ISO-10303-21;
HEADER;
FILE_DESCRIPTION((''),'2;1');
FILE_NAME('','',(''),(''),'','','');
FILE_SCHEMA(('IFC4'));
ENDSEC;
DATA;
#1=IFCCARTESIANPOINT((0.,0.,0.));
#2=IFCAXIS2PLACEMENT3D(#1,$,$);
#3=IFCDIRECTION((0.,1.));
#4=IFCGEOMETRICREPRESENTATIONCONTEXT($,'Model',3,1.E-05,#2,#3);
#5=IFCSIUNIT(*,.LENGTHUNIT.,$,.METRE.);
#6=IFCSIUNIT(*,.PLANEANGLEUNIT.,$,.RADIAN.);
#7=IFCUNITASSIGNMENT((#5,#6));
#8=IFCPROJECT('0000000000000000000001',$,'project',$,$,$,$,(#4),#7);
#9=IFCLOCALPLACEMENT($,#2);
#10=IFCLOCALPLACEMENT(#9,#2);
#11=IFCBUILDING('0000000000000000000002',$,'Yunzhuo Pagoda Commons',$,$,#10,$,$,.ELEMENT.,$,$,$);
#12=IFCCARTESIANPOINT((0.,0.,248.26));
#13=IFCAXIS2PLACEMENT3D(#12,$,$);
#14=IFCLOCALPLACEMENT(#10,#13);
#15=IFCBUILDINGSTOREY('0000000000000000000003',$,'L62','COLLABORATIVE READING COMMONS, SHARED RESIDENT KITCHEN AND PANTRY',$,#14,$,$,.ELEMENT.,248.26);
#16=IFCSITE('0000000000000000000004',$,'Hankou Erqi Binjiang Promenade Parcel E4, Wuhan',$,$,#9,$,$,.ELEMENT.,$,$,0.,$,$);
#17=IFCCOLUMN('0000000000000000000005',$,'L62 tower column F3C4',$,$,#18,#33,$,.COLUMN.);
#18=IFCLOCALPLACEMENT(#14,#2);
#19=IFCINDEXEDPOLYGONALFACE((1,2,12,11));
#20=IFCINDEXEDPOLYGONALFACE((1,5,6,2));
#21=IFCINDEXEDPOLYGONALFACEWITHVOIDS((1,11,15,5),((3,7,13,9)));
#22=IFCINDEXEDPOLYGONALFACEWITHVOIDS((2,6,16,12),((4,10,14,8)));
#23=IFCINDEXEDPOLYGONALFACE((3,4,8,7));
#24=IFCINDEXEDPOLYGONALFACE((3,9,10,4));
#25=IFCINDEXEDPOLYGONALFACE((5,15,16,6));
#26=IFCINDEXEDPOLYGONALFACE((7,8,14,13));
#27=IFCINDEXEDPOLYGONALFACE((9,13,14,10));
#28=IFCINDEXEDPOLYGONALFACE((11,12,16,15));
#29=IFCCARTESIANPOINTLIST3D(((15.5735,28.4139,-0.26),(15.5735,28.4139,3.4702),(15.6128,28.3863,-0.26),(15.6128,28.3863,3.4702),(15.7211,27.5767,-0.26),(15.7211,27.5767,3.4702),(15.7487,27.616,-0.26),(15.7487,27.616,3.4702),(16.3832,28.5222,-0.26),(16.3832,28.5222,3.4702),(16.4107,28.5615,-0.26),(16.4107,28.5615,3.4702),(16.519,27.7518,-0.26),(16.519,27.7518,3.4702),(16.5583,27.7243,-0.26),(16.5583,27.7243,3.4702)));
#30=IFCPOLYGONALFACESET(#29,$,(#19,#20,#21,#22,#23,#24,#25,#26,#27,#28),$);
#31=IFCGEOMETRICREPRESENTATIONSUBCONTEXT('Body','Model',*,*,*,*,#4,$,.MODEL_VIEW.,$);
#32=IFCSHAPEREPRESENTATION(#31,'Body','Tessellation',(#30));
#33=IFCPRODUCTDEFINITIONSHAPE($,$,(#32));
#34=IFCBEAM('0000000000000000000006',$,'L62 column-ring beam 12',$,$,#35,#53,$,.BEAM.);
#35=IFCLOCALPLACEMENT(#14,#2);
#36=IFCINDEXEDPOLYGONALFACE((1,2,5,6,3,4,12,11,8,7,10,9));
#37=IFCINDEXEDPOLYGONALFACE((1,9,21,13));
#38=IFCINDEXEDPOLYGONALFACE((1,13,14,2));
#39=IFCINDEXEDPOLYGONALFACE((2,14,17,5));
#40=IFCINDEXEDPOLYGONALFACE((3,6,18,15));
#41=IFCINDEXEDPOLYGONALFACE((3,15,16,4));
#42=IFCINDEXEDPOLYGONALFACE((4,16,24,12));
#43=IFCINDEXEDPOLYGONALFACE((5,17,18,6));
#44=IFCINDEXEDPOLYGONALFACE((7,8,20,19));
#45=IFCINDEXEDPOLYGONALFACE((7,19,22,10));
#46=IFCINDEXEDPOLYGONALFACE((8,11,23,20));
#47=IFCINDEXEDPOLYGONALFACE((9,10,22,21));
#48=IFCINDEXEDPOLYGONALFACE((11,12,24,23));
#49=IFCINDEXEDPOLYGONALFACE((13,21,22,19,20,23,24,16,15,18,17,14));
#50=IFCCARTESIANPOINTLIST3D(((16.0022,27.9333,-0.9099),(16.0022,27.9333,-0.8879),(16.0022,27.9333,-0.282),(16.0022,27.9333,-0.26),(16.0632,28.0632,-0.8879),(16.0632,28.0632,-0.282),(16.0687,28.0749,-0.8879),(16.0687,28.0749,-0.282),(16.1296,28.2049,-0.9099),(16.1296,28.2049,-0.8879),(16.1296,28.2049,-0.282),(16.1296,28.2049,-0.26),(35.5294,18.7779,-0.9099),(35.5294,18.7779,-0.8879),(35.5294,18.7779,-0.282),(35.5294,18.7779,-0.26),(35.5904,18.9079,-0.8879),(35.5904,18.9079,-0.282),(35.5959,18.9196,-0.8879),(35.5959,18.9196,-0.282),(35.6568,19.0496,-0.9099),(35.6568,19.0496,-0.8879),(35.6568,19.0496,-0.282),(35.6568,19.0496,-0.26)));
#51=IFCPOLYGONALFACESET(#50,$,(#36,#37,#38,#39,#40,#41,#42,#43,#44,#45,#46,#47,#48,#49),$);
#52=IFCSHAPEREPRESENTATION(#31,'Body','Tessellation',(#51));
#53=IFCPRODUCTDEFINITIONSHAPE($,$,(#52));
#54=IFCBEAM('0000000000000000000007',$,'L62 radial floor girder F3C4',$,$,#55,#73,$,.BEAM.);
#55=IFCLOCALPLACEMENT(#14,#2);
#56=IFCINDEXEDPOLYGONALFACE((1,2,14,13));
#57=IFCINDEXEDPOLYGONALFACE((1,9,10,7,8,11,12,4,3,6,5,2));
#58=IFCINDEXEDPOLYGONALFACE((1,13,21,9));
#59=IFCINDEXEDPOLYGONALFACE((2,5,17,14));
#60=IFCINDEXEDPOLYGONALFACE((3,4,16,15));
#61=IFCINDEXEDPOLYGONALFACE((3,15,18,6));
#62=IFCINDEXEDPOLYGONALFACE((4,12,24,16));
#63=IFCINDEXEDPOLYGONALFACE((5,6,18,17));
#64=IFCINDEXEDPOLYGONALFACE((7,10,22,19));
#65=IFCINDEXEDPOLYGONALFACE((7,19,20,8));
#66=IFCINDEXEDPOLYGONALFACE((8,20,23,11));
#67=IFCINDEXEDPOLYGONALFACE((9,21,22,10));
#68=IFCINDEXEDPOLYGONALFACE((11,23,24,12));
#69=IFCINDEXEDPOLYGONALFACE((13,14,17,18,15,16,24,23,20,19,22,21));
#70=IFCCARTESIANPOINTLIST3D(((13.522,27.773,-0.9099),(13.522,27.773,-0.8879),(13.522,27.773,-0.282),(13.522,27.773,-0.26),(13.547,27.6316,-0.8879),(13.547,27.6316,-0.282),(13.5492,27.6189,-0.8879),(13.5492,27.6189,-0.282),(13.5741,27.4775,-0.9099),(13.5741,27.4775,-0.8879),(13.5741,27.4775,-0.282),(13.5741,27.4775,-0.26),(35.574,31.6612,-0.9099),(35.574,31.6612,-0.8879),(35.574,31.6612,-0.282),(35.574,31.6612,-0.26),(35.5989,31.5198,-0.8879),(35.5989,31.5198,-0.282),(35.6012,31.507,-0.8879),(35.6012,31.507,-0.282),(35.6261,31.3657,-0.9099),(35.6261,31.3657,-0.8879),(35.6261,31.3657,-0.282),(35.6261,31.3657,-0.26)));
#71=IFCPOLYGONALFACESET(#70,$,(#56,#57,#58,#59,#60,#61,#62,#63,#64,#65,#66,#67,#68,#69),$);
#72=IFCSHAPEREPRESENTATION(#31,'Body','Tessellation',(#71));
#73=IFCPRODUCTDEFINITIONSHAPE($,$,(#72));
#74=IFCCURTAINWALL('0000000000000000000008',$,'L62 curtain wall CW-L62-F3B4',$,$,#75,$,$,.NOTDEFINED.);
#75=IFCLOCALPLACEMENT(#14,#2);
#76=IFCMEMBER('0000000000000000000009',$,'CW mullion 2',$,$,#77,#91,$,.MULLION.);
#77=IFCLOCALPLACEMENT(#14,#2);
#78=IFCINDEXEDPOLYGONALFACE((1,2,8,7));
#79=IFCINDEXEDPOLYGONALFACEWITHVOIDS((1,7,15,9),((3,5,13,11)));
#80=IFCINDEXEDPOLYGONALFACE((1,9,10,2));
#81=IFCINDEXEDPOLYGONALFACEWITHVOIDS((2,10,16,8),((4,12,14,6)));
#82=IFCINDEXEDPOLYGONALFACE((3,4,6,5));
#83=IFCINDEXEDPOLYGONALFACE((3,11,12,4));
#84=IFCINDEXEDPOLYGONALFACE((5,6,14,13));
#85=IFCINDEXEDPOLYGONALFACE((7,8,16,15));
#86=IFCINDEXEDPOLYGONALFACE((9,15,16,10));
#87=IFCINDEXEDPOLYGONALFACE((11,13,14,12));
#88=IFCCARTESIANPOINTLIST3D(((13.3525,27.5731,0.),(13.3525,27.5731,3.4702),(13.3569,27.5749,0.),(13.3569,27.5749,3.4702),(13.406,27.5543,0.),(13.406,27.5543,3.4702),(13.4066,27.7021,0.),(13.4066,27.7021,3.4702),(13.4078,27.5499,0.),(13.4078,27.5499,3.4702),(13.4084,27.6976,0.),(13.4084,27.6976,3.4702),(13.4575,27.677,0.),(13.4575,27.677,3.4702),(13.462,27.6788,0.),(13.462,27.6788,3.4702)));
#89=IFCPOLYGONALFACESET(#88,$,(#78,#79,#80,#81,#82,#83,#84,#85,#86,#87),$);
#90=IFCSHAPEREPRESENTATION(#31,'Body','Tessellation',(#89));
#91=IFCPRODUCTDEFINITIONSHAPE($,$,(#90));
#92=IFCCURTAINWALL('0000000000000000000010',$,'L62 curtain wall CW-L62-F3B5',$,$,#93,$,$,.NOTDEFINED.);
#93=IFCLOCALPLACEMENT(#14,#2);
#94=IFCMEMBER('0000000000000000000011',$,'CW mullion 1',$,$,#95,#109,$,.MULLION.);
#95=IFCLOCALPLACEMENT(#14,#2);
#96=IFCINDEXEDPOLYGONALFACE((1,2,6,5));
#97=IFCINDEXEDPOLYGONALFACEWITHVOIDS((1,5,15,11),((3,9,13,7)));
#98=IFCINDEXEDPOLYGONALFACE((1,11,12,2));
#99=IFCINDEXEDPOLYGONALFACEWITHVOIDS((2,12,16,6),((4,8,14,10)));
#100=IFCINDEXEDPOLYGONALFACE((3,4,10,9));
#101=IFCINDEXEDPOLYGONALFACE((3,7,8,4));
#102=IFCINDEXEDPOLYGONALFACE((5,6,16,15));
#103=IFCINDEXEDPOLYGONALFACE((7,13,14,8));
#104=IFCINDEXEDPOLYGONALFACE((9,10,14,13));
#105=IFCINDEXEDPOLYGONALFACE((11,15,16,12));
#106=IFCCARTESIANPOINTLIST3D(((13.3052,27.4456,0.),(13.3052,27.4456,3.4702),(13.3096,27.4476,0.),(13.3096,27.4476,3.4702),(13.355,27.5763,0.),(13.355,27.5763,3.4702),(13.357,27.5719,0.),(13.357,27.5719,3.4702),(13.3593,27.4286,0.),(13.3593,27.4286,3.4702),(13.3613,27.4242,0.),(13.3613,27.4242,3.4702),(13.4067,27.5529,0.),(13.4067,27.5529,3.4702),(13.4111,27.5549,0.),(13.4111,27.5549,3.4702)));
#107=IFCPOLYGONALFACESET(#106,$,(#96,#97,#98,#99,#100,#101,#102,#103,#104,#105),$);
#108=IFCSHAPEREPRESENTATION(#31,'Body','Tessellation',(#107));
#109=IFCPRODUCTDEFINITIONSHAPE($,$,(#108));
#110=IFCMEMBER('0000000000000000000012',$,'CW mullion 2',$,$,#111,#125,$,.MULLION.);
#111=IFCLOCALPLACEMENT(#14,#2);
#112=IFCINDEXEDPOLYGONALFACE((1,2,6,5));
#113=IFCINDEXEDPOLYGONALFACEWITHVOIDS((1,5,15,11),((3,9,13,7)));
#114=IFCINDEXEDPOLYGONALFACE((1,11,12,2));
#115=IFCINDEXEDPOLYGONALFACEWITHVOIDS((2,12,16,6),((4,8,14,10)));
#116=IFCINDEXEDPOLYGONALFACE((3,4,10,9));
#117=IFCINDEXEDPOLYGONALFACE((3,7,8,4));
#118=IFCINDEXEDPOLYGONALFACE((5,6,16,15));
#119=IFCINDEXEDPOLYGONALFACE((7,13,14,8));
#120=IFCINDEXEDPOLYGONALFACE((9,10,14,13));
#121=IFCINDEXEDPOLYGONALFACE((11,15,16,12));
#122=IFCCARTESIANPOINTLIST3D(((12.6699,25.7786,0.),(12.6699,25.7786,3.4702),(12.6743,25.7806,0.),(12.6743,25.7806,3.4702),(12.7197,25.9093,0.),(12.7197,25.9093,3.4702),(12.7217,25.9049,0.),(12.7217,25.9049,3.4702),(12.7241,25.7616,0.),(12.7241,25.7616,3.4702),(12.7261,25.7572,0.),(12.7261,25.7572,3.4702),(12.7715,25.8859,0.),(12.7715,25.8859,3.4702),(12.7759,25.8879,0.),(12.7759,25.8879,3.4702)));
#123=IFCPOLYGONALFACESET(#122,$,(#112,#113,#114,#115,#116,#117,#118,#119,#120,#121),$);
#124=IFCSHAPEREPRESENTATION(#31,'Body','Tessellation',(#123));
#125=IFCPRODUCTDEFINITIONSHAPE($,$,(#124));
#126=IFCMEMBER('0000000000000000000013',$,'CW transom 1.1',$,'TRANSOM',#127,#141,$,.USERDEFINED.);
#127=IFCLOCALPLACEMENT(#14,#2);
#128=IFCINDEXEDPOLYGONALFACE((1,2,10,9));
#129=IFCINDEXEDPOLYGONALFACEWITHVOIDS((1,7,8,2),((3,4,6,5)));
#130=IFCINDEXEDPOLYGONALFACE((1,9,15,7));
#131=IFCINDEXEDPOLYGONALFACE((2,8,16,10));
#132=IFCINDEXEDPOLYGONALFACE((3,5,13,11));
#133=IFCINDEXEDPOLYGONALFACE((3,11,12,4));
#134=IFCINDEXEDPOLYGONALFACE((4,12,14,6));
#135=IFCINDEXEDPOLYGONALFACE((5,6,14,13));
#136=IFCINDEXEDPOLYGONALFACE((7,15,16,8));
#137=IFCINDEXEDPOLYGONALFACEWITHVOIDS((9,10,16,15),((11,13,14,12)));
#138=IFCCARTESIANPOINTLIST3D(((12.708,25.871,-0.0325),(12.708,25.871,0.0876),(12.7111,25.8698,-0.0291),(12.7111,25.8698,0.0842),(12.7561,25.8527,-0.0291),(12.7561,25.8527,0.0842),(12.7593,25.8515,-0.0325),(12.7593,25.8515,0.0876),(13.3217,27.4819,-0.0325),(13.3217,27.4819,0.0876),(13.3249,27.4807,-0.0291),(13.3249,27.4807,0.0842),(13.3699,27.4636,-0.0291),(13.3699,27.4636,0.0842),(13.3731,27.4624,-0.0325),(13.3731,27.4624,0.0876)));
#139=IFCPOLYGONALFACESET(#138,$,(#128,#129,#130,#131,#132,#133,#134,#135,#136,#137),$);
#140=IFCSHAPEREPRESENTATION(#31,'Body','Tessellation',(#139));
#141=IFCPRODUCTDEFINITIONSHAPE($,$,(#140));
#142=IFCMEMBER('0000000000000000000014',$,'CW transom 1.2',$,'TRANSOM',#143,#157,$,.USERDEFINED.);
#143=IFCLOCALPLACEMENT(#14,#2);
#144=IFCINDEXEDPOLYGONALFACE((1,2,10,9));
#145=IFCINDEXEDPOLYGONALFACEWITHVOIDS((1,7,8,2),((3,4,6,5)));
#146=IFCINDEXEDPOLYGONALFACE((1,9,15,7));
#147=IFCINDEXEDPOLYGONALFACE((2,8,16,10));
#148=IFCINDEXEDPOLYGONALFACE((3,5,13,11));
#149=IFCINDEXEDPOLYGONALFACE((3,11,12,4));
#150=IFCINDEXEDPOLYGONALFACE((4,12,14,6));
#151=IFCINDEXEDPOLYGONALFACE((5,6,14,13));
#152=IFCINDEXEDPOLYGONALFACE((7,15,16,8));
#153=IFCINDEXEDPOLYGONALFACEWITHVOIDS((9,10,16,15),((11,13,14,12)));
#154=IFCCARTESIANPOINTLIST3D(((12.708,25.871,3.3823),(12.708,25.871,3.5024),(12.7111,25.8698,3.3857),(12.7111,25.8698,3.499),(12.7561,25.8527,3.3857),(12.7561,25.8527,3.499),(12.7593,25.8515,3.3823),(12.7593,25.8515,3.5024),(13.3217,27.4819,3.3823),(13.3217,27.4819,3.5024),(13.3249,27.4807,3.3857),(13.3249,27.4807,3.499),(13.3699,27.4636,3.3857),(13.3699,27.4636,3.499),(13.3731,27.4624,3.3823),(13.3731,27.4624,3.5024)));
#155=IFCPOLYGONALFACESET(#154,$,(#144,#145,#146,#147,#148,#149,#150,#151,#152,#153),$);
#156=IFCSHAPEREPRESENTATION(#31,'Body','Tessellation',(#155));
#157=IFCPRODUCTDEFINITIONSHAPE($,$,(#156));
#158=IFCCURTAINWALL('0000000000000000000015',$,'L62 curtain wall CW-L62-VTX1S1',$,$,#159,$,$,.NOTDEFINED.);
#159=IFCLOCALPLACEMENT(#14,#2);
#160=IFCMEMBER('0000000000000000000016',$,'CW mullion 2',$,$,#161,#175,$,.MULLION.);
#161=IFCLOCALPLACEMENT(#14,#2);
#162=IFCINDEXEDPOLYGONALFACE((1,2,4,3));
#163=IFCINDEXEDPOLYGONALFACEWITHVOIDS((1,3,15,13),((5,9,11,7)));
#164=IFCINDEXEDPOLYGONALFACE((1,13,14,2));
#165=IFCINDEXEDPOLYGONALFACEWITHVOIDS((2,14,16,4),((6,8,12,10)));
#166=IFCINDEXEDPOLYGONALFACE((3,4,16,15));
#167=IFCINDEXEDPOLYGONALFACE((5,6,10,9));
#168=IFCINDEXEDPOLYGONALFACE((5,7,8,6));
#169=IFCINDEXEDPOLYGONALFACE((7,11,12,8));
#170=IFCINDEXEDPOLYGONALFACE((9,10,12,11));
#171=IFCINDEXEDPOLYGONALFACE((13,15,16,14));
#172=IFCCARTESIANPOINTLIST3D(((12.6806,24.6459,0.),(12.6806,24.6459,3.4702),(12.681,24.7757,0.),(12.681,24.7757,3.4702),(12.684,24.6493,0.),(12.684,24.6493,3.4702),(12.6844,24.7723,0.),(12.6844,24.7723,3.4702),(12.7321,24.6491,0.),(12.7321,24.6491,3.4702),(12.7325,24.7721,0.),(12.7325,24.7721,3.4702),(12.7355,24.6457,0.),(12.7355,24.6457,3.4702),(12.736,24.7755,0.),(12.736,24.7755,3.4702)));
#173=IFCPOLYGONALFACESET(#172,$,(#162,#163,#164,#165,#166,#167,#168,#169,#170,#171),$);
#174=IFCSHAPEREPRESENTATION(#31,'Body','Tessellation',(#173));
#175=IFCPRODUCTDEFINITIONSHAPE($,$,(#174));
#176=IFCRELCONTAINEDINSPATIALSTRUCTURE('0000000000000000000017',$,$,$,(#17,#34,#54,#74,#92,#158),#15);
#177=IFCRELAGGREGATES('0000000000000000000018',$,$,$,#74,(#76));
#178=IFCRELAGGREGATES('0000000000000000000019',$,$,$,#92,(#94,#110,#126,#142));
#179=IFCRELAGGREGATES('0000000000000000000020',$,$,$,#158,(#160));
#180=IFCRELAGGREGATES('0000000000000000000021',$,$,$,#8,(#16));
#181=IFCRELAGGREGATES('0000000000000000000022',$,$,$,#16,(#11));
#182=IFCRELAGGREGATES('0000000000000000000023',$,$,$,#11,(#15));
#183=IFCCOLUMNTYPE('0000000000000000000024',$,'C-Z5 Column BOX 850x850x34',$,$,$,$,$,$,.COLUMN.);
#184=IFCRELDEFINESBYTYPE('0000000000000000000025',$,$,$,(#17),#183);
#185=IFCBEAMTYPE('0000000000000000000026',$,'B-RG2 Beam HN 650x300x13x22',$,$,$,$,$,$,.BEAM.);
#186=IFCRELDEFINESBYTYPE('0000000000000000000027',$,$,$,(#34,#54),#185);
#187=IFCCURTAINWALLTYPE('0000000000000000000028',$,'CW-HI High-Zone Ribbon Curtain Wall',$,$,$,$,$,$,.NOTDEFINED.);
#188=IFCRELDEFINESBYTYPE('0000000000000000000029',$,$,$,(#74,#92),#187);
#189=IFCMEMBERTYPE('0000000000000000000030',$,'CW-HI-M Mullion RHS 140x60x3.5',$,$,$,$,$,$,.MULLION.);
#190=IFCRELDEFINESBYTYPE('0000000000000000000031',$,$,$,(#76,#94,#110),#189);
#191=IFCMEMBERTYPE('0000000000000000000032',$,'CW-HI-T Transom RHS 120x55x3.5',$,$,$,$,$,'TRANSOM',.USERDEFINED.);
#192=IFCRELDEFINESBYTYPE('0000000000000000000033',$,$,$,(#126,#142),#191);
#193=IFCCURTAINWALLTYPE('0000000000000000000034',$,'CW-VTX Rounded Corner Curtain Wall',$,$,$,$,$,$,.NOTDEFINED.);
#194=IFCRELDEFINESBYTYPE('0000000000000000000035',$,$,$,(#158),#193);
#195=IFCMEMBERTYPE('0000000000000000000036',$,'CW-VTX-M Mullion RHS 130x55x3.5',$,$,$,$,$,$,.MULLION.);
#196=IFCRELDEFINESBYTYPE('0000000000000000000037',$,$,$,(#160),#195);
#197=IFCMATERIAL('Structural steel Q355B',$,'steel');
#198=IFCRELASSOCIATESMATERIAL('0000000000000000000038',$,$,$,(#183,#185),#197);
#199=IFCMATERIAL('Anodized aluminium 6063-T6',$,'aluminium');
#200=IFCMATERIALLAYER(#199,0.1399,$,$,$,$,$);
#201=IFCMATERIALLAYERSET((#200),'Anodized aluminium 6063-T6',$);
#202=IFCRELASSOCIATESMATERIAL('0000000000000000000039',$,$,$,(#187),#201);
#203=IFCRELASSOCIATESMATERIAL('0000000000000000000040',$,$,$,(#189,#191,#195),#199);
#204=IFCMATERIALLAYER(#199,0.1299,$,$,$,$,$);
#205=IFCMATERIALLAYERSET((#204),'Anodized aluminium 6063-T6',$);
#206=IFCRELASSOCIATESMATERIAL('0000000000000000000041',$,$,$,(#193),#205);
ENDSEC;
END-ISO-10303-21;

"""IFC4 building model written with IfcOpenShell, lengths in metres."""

from ifc_helpers import new_model, si_unit, direction, frame, origin, origin_2d, place, context, subcontext, project, spatial, hollow_rectangle, i_section, extrude, source, transform, mapped, material, layer, layer_set, material_profile, profile_set, type_object, element, aggregate, save


model = new_model("IFC4")

# Units and contexts
model_context = context("Model", 3, precision=1e-05, world=origin(), true_north=direction((0.0, 1.0)))
body_context = subcontext(model_context, "Body", "Model", "MODEL_VIEW")
ifc_project = project(units=[si_unit("LENGTHUNIT", "METRE"), si_unit("PLANEANGLEUNIT", "RADIAN")], contexts=[model_context])

# Site, building, storey
site_placement = place(None, origin())
site = spatial("IfcSite", under=ifc_project, at=site_placement, Name="Hankou Erqi Binjiang Promenade Parcel E4, Wuhan", CompositionType="ELEMENT", RefElevation=0.0)
building_placement = place(site_placement, origin())
building = spatial("IfcBuilding", under=site, at=building_placement, Name="Yunzhuo Pagoda Commons", CompositionType="ELEMENT")
storey_placement = place(building_placement, frame((0.0, 0.0, 248.26)))
storey = spatial("IfcBuildingStorey", under=building, at=storey_placement, Name="L62", Description="COLLABORATIVE READING COMMONS, SHARED RESIDENT KITCHEN AND PANTRY", CompositionType="ELEMENT", Elevation=248.26)

# Column
ifc_material_1 = material(Name="Structural steel Q355B", Category="steel")
ifc_material_profile_1 = material_profile(ifc_material_1, hollow_rectangle(XDim=0.8501, YDim=0.8501, WallThickness=0.0339, at=origin_2d()), Name="Structural steel Q355B")
ifc_profile_set_1 = profile_set([ifc_material_profile_1], Name="Structural steel Q355B")
column_type = type_object("IfcColumnType", Name="C-Z5 Column BOX 850x850x34", PredefinedType="COLUMN", material=ifc_profile_set_1)
shared_shape_1 = source(origin(), body_context, "Body", "SweptSolid", [
    extrude(hollow_rectangle(XDim=0.8501, YDim=0.8501, WallThickness=0.0339, at=origin_2d()), origin(), (0.0, 0.0, 1.0), 3.7302),
])
column_placement = place(storey_placement, frame((16.0659, 28.0691, -0.26), z_axis=(0.0, 0.0, 1.0), x_axis=(0.173648, -0.984808, 0.0)))
element("IfcColumn", 1, at=column_placement, inside=storey, type_object=column_type, Name="L62 tower column F3C4", PredefinedType="COLUMN", context=body_context, shape_type="MappedRepresentation", body=[
    mapped(shared_shape_1, transform((0.0, 0.0, 0.0), scale=1.0)),
])

# Beams
ifc_material_profile_2 = material_profile(ifc_material_1, i_section(OverallWidth=0.3, OverallDepth=0.6499, WebThickness=0.0129, FlangeThickness=0.022, at=origin_2d()), Name="Structural steel Q355B")
ifc_profile_set_2 = profile_set([ifc_material_profile_2], Name="Structural steel Q355B")
beam_type = type_object("IfcBeamType", Name="B-RG2 Beam HN 650x300x13x22", PredefinedType="BEAM", material=ifc_profile_set_2)
shared_shape_2 = source(origin(), body_context, "Body", "SweptSolid", [
    extrude(i_section(OverallWidth=0.3, OverallDepth=0.6499, WebThickness=0.0129, FlangeThickness=0.022, at=origin_2d()), origin(), (0.0, 0.0, 1.0), 21.5669),
])
beam_1_placement = place(storey_placement, frame((16.0659, 28.0691, -0.585), z_axis=(0.905424, -0.424508, 0.0), x_axis=(0.424508, 0.905424, 0.0)))
element("IfcBeam", 2, at=beam_1_placement, inside=storey, type_object=beam_type, Name="L62 column-ring beam 12", PredefinedType="BEAM", context=body_context, shape_type="MappedRepresentation", body=[
    mapped(shared_shape_2, transform((0.0, 0.0, 0.0), scale=1.0)),
])
shared_shape_3 = source(origin(), body_context, "Body", "SweptSolid", [
    extrude(i_section(OverallWidth=0.3, OverallDepth=0.6499, WebThickness=0.0129, FlangeThickness=0.022, at=origin_2d()), origin(), (0.0, 0.0, 1.0), 22.3921),
])
beam_2_placement = place(storey_placement, frame((13.5481, 27.6252, -0.585), z_axis=(0.984809, 0.17364, 0.0), x_axis=(-0.17364, 0.984809, 0.0)))
element("IfcBeam", 3, at=beam_2_placement, inside=storey, type_object=beam_type, Name="L62 radial floor girder F3C4", PredefinedType="BEAM", context=body_context, shape_type="MappedRepresentation", body=[
    mapped(shared_shape_3, transform((0.0, 0.0, 0.0), scale=1.0)),
])

# Curtain wall, member
ifc_material_2 = material(Name="Anodized aluminium 6063-T6", Category="aluminium")
ifc_layer_1 = layer(ifc_material_2, 0.1399)
ifc_layer_set_1 = layer_set([ifc_layer_1], Name="Anodized aluminium 6063-T6")
curtain_wall_type_1 = type_object("IfcCurtainWallType", Name="CW-HI High-Zone Ribbon Curtain Wall", PredefinedType="NOTDEFINED", material=ifc_layer_set_1)
curtain_wall_1_placement = place(storey_placement, origin())
curtain_wall_1 = element("IfcCurtainWall", 4, at=curtain_wall_1_placement, inside=storey, type_object=curtain_wall_type_1, Name="L62 curtain wall CW-L62-F3B4", PredefinedType="NOTDEFINED")
ifc_material_profile_3 = material_profile(ifc_material_2, hollow_rectangle(XDim=0.0601, YDim=0.1399, WallThickness=0.0034, at=origin_2d()), Name="Anodized aluminium 6063-T6")
ifc_profile_set_3 = profile_set([ifc_material_profile_3], Name="Anodized aluminium 6063-T6")
member_type_1 = type_object("IfcMemberType", Name="CW-HI-M Mullion RHS 140x60x3.5", PredefinedType="MULLION", material=ifc_profile_set_3)
shared_shape_4 = source(origin(), body_context, "Body", "SweptSolid", [
    extrude(hollow_rectangle(XDim=0.0601, YDim=0.1399, WallThickness=0.0034, at=origin_2d()), origin(), (0.0, 0.0, 1.0), 3.4702),
])
member_1_placement = place(storey_placement, frame((13.4072, 27.626, 0.0), z_axis=(0.0, 0.0, 1.0), x_axis=(0.922008, -0.38717, 0.0)))
member_1 = element("IfcMember", 5, at=member_1_placement, type_object=member_type_1, Name="CW mullion 2", PredefinedType="MULLION", context=body_context, shape_type="MappedRepresentation", body=[
    mapped(shared_shape_4, transform((0.0, 0.0, 0.0), scale=1.0)),
])

# Curtain walls, members
curtain_wall_2_placement = place(storey_placement, origin())
curtain_wall_2 = element("IfcCurtainWall", 6, at=curtain_wall_2_placement, inside=storey, type_object=curtain_wall_type_1, Name="L62 curtain wall CW-L62-F3B5", PredefinedType="NOTDEFINED")
member_2_placement = place(storey_placement, frame((13.3582, 27.5002, 0.0), z_axis=(0.0, 0.0, 1.0), x_axis=(0.934441, -0.356117, 0.0)))
member_2 = element("IfcMember", 7, at=member_2_placement, type_object=member_type_1, Name="CW mullion 1", PredefinedType="MULLION", context=body_context, shape_type="MappedRepresentation", body=[
    mapped(shared_shape_4, transform((0.0, 0.0, 0.0), scale=1.0)),
])
member_3_placement = place(storey_placement, frame((12.7229, 25.8333, 0.0), z_axis=(0.0, 0.0, 1.0), x_axis=(0.934441, -0.356117, 0.0)))
member_3 = element("IfcMember", 8, at=member_3_placement, type_object=member_type_1, Name="CW mullion 2", PredefinedType="MULLION", context=body_context, shape_type="MappedRepresentation", body=[
    mapped(shared_shape_4, transform((0.0, 0.0, 0.0), scale=1.0)),
])
ifc_material_profile_4 = material_profile(ifc_material_2, hollow_rectangle(XDim=0.0549, YDim=0.1201, WallThickness=0.0034, at=origin_2d()), Name="Anodized aluminium 6063-T6")
ifc_profile_set_4 = profile_set([ifc_material_profile_4], Name="Anodized aluminium 6063-T6")
member_type_2 = type_object("IfcMemberType", Name="CW-HI-T Transom RHS 120x55x3.5", ElementType="TRANSOM", PredefinedType="USERDEFINED", material=ifc_profile_set_4)
shared_shape_5 = source(origin(), body_context, "Body", "SweptSolid", [
    extrude(hollow_rectangle(XDim=0.0549, YDim=0.1201, WallThickness=0.0034, at=origin_2d()), origin(), (0.0, 0.0, 1.0), 1.7239),
])
member_4_placement = place(storey_placement, frame((13.3474, 27.4722, 0.0276), z_axis=(-0.356054, -0.934465, 0.0), x_axis=(0.934465, -0.356054, 0.0)))
member_4 = element("IfcMember", 9, at=member_4_placement, type_object=member_type_2, Name="CW transom 1.1", ObjectType="TRANSOM", PredefinedType="USERDEFINED", context=body_context, shape_type="MappedRepresentation", body=[
    mapped(shared_shape_5, transform((0.0, 0.0, 0.0), scale=1.0)),
])
member_5_placement = place(storey_placement, frame((13.3474, 27.4722, 3.4424), z_axis=(-0.356054, -0.934465, 0.0), x_axis=(0.934465, -0.356054, 0.0)))
member_5 = element("IfcMember", 10, at=member_5_placement, type_object=member_type_2, Name="CW transom 1.2", ObjectType="TRANSOM", PredefinedType="USERDEFINED", context=body_context, shape_type="MappedRepresentation", body=[
    mapped(shared_shape_5, transform((0.0, 0.0, 0.0), scale=1.0)),
])
ifc_layer_2 = layer(ifc_material_2, 0.1299)
ifc_layer_set_2 = layer_set([ifc_layer_2], Name="Anodized aluminium 6063-T6")
curtain_wall_type_2 = type_object("IfcCurtainWallType", Name="CW-VTX Rounded Corner Curtain Wall", PredefinedType="NOTDEFINED", material=ifc_layer_set_2)
curtain_wall_3_placement = place(storey_placement, origin())
curtain_wall_3 = element("IfcCurtainWall", 11, at=curtain_wall_3_placement, inside=storey, type_object=curtain_wall_type_2, Name="L62 curtain wall CW-L62-VTX1S1", PredefinedType="NOTDEFINED")
ifc_material_profile_5 = material_profile(ifc_material_2, hollow_rectangle(XDim=0.0549, YDim=0.1299, WallThickness=0.0034, at=origin_2d()), Name="Anodized aluminium 6063-T6")
ifc_profile_set_5 = profile_set([ifc_material_profile_5], Name="Anodized aluminium 6063-T6")
member_type_3 = type_object("IfcMemberType", Name="CW-VTX-M Mullion RHS 130x55x3.5", PredefinedType="MULLION", material=ifc_profile_set_5)
shared_shape_6 = source(origin(), body_context, "Body", "SweptSolid", [
    extrude(hollow_rectangle(XDim=0.0549, YDim=0.1299, WallThickness=0.0034, at=origin_2d()), origin(), (0.0, 0.0, 1.0), 3.4702),
])
member_6_placement = place(storey_placement, frame((12.7083, 24.7107, 0.0), z_axis=(0.0, 0.0, 1.0), x_axis=(0.999994, -0.003586, 0.0)))
member_6 = element("IfcMember", 12, at=member_6_placement, type_object=member_type_3, Name="CW mullion 2", PredefinedType="MULLION", context=body_context, shape_type="MappedRepresentation", body=[
    mapped(shared_shape_6, transform((0.0, 0.0, 0.0), scale=1.0)),
])

aggregate(curtain_wall_1, [member_1])
aggregate(curtain_wall_2, [member_2, member_3, member_4, member_5])
aggregate(curtain_wall_3, [member_6])

save(model, "model.ifc")
